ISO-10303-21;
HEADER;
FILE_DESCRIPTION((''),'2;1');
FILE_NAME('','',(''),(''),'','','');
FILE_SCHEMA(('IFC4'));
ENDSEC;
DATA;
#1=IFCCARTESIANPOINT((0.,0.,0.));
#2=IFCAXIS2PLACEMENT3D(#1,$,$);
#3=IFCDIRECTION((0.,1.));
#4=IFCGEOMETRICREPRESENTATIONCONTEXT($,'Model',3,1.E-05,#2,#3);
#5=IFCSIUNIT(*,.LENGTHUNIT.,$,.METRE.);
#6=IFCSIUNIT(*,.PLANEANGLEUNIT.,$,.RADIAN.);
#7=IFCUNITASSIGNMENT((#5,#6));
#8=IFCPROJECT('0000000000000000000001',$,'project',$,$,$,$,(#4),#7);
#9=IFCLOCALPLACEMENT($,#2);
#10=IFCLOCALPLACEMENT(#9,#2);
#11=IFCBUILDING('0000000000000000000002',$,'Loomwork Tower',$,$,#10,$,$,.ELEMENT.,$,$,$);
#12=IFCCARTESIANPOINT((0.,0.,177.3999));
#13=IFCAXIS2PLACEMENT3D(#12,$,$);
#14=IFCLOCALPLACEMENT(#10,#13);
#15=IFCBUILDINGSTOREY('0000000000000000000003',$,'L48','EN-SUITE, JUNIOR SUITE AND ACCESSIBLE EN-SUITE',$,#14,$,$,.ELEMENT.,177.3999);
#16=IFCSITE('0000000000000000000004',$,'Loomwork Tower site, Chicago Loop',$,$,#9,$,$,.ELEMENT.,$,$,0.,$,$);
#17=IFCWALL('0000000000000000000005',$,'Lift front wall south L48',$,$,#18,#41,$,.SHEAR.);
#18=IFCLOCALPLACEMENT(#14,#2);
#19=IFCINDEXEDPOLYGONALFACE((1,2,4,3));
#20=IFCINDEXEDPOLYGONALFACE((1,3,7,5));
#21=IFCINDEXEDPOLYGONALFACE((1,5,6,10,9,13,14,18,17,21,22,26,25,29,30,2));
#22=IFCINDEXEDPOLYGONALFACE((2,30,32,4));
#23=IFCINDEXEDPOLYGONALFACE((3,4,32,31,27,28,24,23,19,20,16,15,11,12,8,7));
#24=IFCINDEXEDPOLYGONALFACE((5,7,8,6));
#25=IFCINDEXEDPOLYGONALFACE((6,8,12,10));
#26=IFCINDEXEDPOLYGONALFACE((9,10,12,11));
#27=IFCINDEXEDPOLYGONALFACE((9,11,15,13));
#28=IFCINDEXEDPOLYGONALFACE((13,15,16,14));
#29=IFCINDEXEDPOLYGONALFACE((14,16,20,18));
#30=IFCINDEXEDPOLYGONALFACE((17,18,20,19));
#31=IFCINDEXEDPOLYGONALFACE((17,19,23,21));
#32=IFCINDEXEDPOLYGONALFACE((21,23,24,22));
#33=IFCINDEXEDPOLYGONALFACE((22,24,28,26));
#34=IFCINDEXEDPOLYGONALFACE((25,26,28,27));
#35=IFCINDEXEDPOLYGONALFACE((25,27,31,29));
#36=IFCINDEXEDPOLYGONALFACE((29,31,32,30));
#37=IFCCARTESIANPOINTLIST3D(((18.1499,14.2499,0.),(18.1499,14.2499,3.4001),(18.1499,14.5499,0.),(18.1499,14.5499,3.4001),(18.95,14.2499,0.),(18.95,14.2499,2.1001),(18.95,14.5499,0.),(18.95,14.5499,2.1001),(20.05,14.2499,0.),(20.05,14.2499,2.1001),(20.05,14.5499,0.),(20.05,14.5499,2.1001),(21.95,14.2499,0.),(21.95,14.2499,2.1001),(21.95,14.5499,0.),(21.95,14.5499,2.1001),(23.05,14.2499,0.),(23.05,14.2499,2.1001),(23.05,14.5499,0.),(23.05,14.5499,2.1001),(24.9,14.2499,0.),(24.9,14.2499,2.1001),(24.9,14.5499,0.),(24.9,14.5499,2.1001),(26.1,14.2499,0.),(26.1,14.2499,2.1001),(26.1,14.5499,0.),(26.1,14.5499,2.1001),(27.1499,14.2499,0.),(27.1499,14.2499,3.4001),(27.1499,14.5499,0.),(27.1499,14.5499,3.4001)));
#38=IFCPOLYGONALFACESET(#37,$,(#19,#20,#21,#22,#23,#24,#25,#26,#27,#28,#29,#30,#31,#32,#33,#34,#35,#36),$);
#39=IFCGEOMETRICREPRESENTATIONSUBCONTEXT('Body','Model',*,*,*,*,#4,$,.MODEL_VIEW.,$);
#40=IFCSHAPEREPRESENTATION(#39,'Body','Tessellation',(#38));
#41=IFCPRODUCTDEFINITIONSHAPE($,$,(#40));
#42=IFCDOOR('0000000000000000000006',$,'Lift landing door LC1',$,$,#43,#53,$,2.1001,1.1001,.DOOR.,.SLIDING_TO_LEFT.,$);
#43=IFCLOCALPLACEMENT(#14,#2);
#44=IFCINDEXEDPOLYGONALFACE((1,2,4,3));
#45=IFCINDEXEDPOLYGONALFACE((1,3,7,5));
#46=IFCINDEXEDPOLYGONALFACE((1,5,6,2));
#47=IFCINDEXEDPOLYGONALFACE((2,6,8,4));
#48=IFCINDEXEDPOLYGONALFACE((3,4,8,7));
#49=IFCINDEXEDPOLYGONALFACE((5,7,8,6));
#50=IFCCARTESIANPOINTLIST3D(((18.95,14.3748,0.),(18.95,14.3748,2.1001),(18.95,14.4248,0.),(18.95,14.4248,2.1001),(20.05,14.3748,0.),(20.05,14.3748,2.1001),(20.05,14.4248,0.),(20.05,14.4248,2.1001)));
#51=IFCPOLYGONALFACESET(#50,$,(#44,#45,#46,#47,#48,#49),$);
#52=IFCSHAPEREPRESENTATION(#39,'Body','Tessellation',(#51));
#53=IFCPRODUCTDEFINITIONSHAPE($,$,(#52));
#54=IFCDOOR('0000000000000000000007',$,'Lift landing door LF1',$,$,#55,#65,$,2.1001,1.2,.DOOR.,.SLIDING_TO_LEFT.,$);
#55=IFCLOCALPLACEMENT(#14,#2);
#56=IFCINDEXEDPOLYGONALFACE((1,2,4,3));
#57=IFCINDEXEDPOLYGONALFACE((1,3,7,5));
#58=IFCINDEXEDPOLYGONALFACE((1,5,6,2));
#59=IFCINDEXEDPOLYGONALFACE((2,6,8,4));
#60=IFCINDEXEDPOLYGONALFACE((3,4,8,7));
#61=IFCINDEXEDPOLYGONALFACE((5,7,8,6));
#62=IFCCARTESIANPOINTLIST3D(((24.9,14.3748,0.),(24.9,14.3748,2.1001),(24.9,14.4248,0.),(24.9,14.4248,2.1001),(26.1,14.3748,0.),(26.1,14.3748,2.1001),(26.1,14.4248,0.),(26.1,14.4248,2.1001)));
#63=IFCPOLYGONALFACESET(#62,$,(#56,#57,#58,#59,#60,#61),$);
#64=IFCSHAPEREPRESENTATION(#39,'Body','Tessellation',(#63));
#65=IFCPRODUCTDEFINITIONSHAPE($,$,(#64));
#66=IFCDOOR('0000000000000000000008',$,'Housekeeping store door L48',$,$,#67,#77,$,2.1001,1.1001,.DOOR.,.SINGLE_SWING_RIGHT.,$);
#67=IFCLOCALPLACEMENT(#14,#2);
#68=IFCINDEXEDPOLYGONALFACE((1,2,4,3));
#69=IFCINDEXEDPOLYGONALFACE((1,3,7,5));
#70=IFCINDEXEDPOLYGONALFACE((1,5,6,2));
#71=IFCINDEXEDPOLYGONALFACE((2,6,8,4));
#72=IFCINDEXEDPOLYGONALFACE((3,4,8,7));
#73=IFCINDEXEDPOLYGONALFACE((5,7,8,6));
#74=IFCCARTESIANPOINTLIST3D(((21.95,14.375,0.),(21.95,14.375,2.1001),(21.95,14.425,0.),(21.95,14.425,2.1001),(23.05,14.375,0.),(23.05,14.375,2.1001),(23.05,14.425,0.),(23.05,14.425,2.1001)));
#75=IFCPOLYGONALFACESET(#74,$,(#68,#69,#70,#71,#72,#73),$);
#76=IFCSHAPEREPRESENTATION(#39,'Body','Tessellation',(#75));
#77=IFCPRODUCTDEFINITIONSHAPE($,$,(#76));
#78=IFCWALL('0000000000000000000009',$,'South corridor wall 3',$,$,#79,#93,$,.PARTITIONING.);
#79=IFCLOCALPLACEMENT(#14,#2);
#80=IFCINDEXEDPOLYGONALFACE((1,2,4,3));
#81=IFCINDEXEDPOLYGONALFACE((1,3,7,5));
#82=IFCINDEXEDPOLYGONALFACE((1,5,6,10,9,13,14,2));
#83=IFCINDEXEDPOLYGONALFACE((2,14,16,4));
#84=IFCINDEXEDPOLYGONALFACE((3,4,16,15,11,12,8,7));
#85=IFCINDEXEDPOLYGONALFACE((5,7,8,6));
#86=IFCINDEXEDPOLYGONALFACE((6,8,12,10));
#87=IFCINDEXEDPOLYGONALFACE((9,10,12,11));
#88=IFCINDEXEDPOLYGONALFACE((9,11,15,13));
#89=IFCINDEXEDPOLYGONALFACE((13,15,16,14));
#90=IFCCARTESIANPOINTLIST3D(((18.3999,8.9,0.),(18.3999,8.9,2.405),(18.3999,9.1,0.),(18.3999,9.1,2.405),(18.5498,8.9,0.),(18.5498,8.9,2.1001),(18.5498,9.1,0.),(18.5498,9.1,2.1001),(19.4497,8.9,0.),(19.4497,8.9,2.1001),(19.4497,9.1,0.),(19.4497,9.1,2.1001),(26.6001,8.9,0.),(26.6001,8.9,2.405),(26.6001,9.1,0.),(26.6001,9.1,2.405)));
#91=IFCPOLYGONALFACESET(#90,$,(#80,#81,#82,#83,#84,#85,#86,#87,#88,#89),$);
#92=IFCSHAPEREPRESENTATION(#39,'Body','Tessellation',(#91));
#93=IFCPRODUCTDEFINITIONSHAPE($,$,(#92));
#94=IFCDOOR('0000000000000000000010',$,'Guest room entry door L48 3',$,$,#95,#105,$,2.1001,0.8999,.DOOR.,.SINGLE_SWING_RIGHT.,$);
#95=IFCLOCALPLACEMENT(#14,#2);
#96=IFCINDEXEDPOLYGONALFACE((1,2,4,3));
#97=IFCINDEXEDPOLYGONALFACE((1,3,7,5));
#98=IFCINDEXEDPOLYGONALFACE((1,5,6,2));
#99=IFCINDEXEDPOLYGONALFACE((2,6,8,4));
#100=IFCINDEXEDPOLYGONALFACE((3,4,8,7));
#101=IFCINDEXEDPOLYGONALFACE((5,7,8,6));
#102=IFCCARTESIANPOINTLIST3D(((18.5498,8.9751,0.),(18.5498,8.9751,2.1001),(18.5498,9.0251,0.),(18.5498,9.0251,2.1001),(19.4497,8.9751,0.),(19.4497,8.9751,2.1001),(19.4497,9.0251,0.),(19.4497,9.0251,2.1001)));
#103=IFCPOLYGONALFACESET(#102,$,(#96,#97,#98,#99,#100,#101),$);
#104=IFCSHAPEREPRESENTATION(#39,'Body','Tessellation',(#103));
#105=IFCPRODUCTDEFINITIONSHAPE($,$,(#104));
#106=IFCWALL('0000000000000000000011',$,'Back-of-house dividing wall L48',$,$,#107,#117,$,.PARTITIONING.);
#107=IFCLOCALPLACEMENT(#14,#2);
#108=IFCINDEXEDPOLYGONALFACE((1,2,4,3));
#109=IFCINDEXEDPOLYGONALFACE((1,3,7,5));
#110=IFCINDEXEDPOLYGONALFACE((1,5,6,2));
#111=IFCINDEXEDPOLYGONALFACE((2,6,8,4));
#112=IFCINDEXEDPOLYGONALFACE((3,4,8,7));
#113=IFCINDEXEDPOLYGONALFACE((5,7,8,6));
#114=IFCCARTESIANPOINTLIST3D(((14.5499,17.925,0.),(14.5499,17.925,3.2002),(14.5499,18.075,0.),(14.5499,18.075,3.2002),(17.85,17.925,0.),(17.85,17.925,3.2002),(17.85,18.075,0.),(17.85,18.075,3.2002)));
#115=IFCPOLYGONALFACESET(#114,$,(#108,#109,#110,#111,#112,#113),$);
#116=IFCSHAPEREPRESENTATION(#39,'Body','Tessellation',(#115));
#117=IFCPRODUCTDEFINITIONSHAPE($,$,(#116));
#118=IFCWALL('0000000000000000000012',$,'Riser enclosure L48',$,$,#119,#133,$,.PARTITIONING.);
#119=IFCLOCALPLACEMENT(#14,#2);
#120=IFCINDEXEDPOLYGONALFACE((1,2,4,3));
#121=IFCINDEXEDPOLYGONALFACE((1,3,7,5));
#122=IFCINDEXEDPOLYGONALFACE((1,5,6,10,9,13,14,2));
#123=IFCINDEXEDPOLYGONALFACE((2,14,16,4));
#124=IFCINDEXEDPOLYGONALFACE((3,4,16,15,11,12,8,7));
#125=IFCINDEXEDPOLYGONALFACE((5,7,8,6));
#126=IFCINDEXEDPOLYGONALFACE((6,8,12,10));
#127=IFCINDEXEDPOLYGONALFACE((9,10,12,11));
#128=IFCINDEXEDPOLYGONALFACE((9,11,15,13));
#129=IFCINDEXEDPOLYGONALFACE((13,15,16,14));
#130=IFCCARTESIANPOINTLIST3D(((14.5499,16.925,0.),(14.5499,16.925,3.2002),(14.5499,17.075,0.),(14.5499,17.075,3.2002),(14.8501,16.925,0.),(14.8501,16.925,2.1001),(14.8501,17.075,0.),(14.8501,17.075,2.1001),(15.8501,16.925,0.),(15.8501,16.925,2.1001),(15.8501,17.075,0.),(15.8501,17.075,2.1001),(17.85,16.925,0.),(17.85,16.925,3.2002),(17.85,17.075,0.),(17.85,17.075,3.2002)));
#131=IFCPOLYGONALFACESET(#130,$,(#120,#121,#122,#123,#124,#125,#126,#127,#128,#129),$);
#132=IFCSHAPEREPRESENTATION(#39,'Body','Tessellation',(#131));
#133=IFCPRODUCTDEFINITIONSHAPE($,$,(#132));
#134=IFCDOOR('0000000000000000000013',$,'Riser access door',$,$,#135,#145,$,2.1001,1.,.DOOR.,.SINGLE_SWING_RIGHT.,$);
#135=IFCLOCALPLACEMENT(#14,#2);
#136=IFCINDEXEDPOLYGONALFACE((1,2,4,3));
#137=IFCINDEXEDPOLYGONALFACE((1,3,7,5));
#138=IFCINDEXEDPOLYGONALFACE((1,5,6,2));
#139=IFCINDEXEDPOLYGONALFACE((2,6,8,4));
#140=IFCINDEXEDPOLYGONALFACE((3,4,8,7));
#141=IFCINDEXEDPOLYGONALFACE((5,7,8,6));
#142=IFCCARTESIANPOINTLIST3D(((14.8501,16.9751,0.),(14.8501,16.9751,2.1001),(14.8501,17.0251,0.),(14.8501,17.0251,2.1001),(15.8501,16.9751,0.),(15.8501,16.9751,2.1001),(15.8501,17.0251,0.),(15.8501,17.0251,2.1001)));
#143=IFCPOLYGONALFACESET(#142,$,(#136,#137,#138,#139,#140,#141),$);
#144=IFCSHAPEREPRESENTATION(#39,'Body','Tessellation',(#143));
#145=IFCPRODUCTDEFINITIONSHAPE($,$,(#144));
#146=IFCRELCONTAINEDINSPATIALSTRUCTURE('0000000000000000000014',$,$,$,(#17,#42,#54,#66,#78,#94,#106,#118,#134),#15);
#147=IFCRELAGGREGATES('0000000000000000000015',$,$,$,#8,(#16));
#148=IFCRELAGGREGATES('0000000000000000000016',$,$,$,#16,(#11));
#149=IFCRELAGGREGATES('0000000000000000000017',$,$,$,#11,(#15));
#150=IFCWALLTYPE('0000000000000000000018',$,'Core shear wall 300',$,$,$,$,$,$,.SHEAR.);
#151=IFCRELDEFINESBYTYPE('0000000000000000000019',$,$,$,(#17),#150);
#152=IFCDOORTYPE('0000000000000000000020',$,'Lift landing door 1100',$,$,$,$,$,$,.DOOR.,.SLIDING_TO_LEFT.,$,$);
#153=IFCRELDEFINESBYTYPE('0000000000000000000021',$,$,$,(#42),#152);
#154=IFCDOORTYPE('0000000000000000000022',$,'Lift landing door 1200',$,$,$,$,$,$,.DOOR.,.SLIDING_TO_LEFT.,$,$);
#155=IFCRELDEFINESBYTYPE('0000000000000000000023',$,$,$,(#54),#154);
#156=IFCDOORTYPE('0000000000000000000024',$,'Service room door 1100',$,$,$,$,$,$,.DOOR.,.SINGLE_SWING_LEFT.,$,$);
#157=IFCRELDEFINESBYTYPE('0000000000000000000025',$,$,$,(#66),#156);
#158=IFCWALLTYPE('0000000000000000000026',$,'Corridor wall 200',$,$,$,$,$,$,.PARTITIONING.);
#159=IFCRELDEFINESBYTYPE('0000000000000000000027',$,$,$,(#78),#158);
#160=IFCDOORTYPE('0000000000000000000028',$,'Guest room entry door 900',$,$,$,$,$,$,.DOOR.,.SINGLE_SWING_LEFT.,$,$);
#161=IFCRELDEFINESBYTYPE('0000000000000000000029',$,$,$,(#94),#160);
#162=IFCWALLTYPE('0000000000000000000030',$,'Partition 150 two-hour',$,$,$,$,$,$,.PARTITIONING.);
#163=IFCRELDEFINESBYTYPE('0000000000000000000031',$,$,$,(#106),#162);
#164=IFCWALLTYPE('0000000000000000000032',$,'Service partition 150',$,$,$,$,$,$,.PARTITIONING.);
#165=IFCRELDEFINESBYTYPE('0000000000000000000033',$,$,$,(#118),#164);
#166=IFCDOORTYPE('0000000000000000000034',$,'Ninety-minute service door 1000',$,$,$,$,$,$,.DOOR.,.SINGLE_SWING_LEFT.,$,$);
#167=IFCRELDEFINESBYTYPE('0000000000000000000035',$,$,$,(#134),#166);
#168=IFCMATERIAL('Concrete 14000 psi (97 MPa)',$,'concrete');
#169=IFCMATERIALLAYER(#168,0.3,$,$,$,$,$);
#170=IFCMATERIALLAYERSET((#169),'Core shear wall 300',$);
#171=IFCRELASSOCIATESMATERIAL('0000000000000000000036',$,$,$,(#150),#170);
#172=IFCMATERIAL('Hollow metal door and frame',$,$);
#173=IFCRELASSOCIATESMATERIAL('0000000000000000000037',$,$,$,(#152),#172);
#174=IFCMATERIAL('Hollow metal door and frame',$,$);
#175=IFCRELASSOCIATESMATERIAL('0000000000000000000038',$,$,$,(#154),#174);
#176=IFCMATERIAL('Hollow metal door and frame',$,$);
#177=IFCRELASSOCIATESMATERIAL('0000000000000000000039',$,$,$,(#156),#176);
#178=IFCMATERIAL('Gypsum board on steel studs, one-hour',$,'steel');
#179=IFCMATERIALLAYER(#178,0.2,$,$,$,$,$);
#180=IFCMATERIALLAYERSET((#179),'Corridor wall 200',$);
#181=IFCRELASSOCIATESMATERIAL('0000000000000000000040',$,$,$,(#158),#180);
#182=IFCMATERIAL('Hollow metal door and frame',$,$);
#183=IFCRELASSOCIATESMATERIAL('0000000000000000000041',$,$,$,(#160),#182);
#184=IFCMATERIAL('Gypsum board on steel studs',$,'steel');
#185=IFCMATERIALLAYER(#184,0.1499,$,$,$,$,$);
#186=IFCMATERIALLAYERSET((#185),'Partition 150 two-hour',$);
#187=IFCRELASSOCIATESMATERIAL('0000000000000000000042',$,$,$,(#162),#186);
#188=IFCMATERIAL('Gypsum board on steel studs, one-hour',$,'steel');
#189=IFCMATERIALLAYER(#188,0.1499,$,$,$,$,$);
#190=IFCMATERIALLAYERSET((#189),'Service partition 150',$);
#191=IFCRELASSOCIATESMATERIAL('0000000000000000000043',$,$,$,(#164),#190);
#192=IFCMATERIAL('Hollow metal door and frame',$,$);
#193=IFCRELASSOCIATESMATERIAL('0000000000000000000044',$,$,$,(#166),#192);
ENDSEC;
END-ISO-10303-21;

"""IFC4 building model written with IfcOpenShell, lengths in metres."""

from ifc_helpers import new_model, si_unit, direction, frame, frame_2d, origin, place, context, subcontext, project, spatial, rectangle, extrude, material, layer, layer_set, type_object, element, fill, save


model = new_model("IFC4")

# Units and contexts
model_context = context("Model", 3, precision=1e-05, world=origin(), true_north=direction((0.0, 1.0)))
body_context = subcontext(model_context, "Body", "Model", "MODEL_VIEW")
ifc_project = project(units=[si_unit("LENGTHUNIT", "METRE"), si_unit("PLANEANGLEUNIT", "RADIAN")], contexts=[model_context])

# Site, building, storey
site_placement = place(None, origin())
site = spatial("IfcSite", under=ifc_project, at=site_placement, Name="Loomwork Tower site, Chicago Loop", CompositionType="ELEMENT", RefElevation=0.0)
building_placement = place(site_placement, origin())
building = spatial("IfcBuilding", under=site, at=building_placement, Name="Loomwork Tower", CompositionType="ELEMENT")
storey_placement = place(building_placement, frame((0.0, 0.0, 177.3999)))
storey = spatial("IfcBuildingStorey", under=building, at=storey_placement, Name="L48", Description="EN-SUITE, JUNIOR SUITE AND ACCESSIBLE EN-SUITE", CompositionType="ELEMENT", Elevation=177.3999)

# Shared definitions
ifc_material_1 = material(Name="Concrete 14000 psi (97 MPa)", Category="concrete")
ifc_layer_1 = layer(ifc_material_1, 0.3)
ifc_layer_set_1 = layer_set([ifc_layer_1], Name="Core shear wall 300")
wall_type_1 = type_object("IfcWallType", Name="Core shear wall 300", PredefinedType="SHEAR", material=ifc_layer_set_1)

# Wall, openings, doors
ifc_material_2 = material(Name="Hollow metal door and frame")
door_type_1 = type_object("IfcDoorType", Name="Lift landing door 1100", OperationType="SLIDING_TO_LEFT", PredefinedType="DOOR", material=ifc_material_2)
wall_1_placement = place(storey_placement, frame((18.1499, 14.3999, 0.0), z_axis=(0.0, 0.0, 1.0), x_axis=(1.0, 0.0, 0.0)))
wall_1 = element("IfcWall", 1, at=wall_1_placement, inside=storey, type_object=wall_type_1, Name="Lift front wall south L48", PredefinedType="SHEAR", context=body_context, shape_type="SweptSolid", body=[
    extrude(rectangle(XDim=9.0, YDim=0.3, at=frame_2d((4.5, 0.0))), origin(), (0.0, 0.0, 1.0), 3.4001),
])
opening_1_placement = place(wall_1_placement, frame((0.8, 0.0, 0.0)))
opening_1 = element("IfcOpeningElement", 2, at=opening_1_placement, cuts=wall_1, PredefinedType="OPENING", context=body_context, shape_type="SweptSolid", body=[
    extrude(rectangle(XDim=1.1001, YDim=2.1001, at=frame_2d((0.55, 1.05))), frame((0.0, 0.1599, 0.0), z_axis=(0.0, -1.0, 0.0), x_axis=(1.0, 0.0, 0.0)), (0.0, 0.0, 1.0), 0.3201),
])
opening_2_placement = place(wall_1_placement, frame((6.75, 0.0, 0.0)))
opening_2 = element("IfcOpeningElement", 3, at=opening_2_placement, cuts=wall_1, PredefinedType="OPENING", context=body_context, shape_type="SweptSolid", body=[
    extrude(rectangle(XDim=1.2, YDim=2.1001, at=frame_2d((0.6001, 1.05))), frame((0.0, 0.1599, 0.0), z_axis=(0.0, -1.0, 0.0), x_axis=(1.0, 0.0, 0.0)), (0.0, 0.0, 1.0), 0.3201),
])
opening_3_placement = place(wall_1_placement, frame((3.8, 0.0, 0.0)))
opening_3 = element("IfcOpeningElement", 4, at=opening_3_placement, cuts=wall_1, PredefinedType="OPENING", context=body_context, shape_type="SweptSolid", body=[
    extrude(rectangle(XDim=1.1001, YDim=2.1001, at=frame_2d((0.55, 1.05))), frame((0.0, 0.1599, 0.0), z_axis=(0.0, -1.0, 0.0), x_axis=(1.0, 0.0, 0.0)), (0.0, 0.0, 1.0), 0.3201),
])
door_1_placement = place(opening_1_placement, origin())
door_1 = element("IfcDoor", 5, at=door_1_placement, inside=storey, type_object=door_type_1, Name="Lift landing door LC1", OperationType="SLIDING_TO_LEFT", OverallHeight=2.1001, OverallWidth=1.1001, PredefinedType="DOOR", context=body_context, shape_type="SweptSolid", body=[
    extrude(rectangle(XDim=1.1001, YDim=2.1001, at=frame_2d((0.55, 1.05))), frame((0.0, 0.0249, 0.0), z_axis=(0.0, -1.0, 0.0), x_axis=(1.0, 0.0, 0.0)), (0.0, 0.0, 1.0), 0.05),
])
fill(opening_1, door_1)
ifc_material_3 = material(Name="Hollow metal door and frame")
door_type_2 = type_object("IfcDoorType", Name="Lift landing door 1200", OperationType="SLIDING_TO_LEFT", PredefinedType="DOOR", material=ifc_material_3)
door_2_placement = place(opening_2_placement, origin())
door_2 = element("IfcDoor", 6, at=door_2_placement, inside=storey, type_object=door_type_2, Name="Lift landing door LF1", OperationType="SLIDING_TO_LEFT", OverallHeight=2.1001, OverallWidth=1.2, PredefinedType="DOOR", context=body_context, shape_type="SweptSolid", body=[
    extrude(rectangle(XDim=1.2, YDim=2.1001, at=frame_2d((0.6001, 1.05))), frame((0.0, 0.0249, 0.0), z_axis=(0.0, -1.0, 0.0), x_axis=(1.0, 0.0, 0.0)), (0.0, 0.0, 1.0), 0.05),
])
fill(opening_2, door_2)
ifc_material_4 = material(Name="Hollow metal door and frame")
door_type_3 = type_object("IfcDoorType", Name="Service room door 1100", OperationType="SINGLE_SWING_LEFT", PredefinedType="DOOR", material=ifc_material_4)
door_3_placement = place(opening_3_placement, frame((1.1001, 0.0, 0.0), z_axis=(0.0, 0.0, 1.0), x_axis=(-1.0, 0.0, 0.0)))
door_3 = element("IfcDoor", 7, at=door_3_placement, inside=storey, type_object=door_type_3, Name="Housekeeping store door L48", OperationType="SINGLE_SWING_RIGHT", OverallHeight=2.1001, OverallWidth=1.1001, PredefinedType="DOOR", context=body_context, shape_type="SweptSolid", body=[
    extrude(rectangle(XDim=1.1001, YDim=2.1001, at=frame_2d((0.55, 1.05))), frame((0.0, 0.0249, 0.0), z_axis=(0.0, -1.0, 0.0), x_axis=(1.0, 0.0, 0.0)), (0.0, 0.0, 1.0), 0.05),
])
fill(opening_3, door_3)

# Wall, opening, door
ifc_material_5 = material(Name="Gypsum board on steel studs, one-hour", Category="steel")
ifc_layer_2 = layer(ifc_material_5, 0.2)
ifc_layer_set_2 = layer_set([ifc_layer_2], Name="Corridor wall 200")
wall_type_2 = type_object("IfcWallType", Name="Corridor wall 200", PredefinedType="PARTITIONING", material=ifc_layer_set_2)
wall_2_placement = place(storey_placement, frame((18.3999, 9.0, 0.0), z_axis=(0.0, 0.0, 1.0), x_axis=(1.0, 0.0, 0.0)))
wall_2 = element("IfcWall", 8, at=wall_2_placement, inside=storey, type_object=wall_type_2, Name="South corridor wall 3", PredefinedType="PARTITIONING", context=body_context, shape_type="SweptSolid", body=[
    extrude(rectangle(XDim=8.2002, YDim=0.2, at=frame_2d((4.1001, 0.0))), origin(), (0.0, 0.0, 1.0), 2.405),
])
opening_4_placement = place(wall_2_placement, frame((0.1499, 0.0, 0.0)))
opening_4 = element("IfcOpeningElement", 9, at=opening_4_placement, cuts=wall_2, PredefinedType="OPENING", context=body_context, shape_type="SweptSolid", body=[
    extrude(rectangle(XDim=0.8999, YDim=2.1001, at=frame_2d((0.45, 1.05))), frame((0.0, 0.1099, 0.0), z_axis=(0.0, -1.0, 0.0), x_axis=(1.0, 0.0, 0.0)), (0.0, 0.0, 1.0), 0.22),
])
ifc_material_6 = material(Name="Hollow metal door and frame")
door_type_4 = type_object("IfcDoorType", Name="Guest room entry door 900", OperationType="SINGLE_SWING_LEFT", PredefinedType="DOOR", material=ifc_material_6)
door_4_placement = place(opening_4_placement, frame((0.8999, 0.0, 0.0), z_axis=(0.0, 0.0, 1.0), x_axis=(-1.0, 0.0, 0.0)))
door_4 = element("IfcDoor", 10, at=door_4_placement, inside=storey, type_object=door_type_4, Name="Guest room entry door L48 3", OperationType="SINGLE_SWING_RIGHT", OverallHeight=2.1001, OverallWidth=0.8999, PredefinedType="DOOR", context=body_context, shape_type="SweptSolid", body=[
    extrude(rectangle(XDim=0.8999, YDim=2.1001, at=frame_2d((0.45, 1.05))), frame((0.0, 0.0249, 0.0), z_axis=(0.0, -1.0, 0.0), x_axis=(1.0, 0.0, 0.0)), (0.0, 0.0, 1.0), 0.05),
])
fill(opening_4, door_4)

# Wall
ifc_material_7 = material(Name="Gypsum board on steel studs", Category="steel")
ifc_layer_3 = layer(ifc_material_7, 0.1499)
ifc_layer_set_3 = layer_set([ifc_layer_3], Name="Partition 150 two-hour")
wall_type_3 = type_object("IfcWallType", Name="Partition 150 two-hour", PredefinedType="PARTITIONING", material=ifc_layer_set_3)
wall_3_placement = place(storey_placement, frame((14.55, 18.0, 0.0), z_axis=(0.0, 0.0, 1.0), x_axis=(1.0, 0.0, 0.0)))
element("IfcWall", 11, at=wall_3_placement, inside=storey, type_object=wall_type_3, Name="Back-of-house dividing wall L48", PredefinedType="PARTITIONING", context=body_context, shape_type="SweptSolid", body=[
    extrude(rectangle(XDim=3.3, YDim=0.1499, at=frame_2d((1.6499, 0.0))), origin(), (0.0, 0.0, 1.0), 3.2002),
])

# Wall, opening, door
ifc_material_8 = material(Name="Gypsum board on steel studs, one-hour", Category="steel")
ifc_layer_4 = layer(ifc_material_8, 0.1499)
ifc_layer_set_4 = layer_set([ifc_layer_4], Name="Service partition 150")
wall_type_4 = type_object("IfcWallType", Name="Service partition 150", PredefinedType="PARTITIONING", material=ifc_layer_set_4)
wall_4_placement = place(storey_placement, frame((14.55, 17.0, 0.0), z_axis=(0.0, 0.0, 1.0), x_axis=(1.0, 0.0, 0.0)))
wall_4 = element("IfcWall", 12, at=wall_4_placement, inside=storey, type_object=wall_type_4, Name="Riser enclosure L48", PredefinedType="PARTITIONING", context=body_context, shape_type="SweptSolid", body=[
    extrude(rectangle(XDim=3.3, YDim=0.1499, at=frame_2d((1.6499, 0.0))), origin(), (0.0, 0.0, 1.0), 3.2002),
])
opening_5_placement = place(wall_4_placement, frame((0.3, 0.0, 0.0)))
opening_5 = element("IfcOpeningElement", 13, at=opening_5_placement, cuts=wall_4, PredefinedType="OPENING", context=body_context, shape_type="SweptSolid", body=[
    extrude(rectangle(XDim=1.0, YDim=2.1001, at=frame_2d((0.5, 1.05))), frame((0.0, 0.085, 0.0), z_axis=(0.0, -1.0, 0.0), x_axis=(1.0, 0.0, 0.0)), (0.0, 0.0, 1.0), 0.1699),
])
ifc_material_9 = material(Name="Hollow metal door and frame")
door_type_5 = type_object("IfcDoorType", Name="Ninety-minute service door 1000", OperationType="SINGLE_SWING_LEFT", PredefinedType="DOOR", material=ifc_material_9)
door_5_placement = place(opening_5_placement, frame((1.0, 0.0, 0.0), z_axis=(0.0, 0.0, 1.0), x_axis=(-1.0, 0.0, 0.0)))
door_5 = element("IfcDoor", 14, at=door_5_placement, inside=storey, type_object=door_type_5, Name="Riser access door", OperationType="SINGLE_SWING_RIGHT", OverallHeight=2.1001, OverallWidth=1.0, PredefinedType="DOOR", context=body_context, shape_type="SweptSolid", body=[
    extrude(rectangle(XDim=1.0, YDim=2.1001, at=frame_2d((0.5, 1.05))), frame((0.0, 0.0249, 0.0), z_axis=(0.0, -1.0, 0.0), x_axis=(1.0, 0.0, 0.0)), (0.0, 0.0, 1.0), 0.05),
])
fill(opening_5, door_5)

save(model, "model.ifc")
